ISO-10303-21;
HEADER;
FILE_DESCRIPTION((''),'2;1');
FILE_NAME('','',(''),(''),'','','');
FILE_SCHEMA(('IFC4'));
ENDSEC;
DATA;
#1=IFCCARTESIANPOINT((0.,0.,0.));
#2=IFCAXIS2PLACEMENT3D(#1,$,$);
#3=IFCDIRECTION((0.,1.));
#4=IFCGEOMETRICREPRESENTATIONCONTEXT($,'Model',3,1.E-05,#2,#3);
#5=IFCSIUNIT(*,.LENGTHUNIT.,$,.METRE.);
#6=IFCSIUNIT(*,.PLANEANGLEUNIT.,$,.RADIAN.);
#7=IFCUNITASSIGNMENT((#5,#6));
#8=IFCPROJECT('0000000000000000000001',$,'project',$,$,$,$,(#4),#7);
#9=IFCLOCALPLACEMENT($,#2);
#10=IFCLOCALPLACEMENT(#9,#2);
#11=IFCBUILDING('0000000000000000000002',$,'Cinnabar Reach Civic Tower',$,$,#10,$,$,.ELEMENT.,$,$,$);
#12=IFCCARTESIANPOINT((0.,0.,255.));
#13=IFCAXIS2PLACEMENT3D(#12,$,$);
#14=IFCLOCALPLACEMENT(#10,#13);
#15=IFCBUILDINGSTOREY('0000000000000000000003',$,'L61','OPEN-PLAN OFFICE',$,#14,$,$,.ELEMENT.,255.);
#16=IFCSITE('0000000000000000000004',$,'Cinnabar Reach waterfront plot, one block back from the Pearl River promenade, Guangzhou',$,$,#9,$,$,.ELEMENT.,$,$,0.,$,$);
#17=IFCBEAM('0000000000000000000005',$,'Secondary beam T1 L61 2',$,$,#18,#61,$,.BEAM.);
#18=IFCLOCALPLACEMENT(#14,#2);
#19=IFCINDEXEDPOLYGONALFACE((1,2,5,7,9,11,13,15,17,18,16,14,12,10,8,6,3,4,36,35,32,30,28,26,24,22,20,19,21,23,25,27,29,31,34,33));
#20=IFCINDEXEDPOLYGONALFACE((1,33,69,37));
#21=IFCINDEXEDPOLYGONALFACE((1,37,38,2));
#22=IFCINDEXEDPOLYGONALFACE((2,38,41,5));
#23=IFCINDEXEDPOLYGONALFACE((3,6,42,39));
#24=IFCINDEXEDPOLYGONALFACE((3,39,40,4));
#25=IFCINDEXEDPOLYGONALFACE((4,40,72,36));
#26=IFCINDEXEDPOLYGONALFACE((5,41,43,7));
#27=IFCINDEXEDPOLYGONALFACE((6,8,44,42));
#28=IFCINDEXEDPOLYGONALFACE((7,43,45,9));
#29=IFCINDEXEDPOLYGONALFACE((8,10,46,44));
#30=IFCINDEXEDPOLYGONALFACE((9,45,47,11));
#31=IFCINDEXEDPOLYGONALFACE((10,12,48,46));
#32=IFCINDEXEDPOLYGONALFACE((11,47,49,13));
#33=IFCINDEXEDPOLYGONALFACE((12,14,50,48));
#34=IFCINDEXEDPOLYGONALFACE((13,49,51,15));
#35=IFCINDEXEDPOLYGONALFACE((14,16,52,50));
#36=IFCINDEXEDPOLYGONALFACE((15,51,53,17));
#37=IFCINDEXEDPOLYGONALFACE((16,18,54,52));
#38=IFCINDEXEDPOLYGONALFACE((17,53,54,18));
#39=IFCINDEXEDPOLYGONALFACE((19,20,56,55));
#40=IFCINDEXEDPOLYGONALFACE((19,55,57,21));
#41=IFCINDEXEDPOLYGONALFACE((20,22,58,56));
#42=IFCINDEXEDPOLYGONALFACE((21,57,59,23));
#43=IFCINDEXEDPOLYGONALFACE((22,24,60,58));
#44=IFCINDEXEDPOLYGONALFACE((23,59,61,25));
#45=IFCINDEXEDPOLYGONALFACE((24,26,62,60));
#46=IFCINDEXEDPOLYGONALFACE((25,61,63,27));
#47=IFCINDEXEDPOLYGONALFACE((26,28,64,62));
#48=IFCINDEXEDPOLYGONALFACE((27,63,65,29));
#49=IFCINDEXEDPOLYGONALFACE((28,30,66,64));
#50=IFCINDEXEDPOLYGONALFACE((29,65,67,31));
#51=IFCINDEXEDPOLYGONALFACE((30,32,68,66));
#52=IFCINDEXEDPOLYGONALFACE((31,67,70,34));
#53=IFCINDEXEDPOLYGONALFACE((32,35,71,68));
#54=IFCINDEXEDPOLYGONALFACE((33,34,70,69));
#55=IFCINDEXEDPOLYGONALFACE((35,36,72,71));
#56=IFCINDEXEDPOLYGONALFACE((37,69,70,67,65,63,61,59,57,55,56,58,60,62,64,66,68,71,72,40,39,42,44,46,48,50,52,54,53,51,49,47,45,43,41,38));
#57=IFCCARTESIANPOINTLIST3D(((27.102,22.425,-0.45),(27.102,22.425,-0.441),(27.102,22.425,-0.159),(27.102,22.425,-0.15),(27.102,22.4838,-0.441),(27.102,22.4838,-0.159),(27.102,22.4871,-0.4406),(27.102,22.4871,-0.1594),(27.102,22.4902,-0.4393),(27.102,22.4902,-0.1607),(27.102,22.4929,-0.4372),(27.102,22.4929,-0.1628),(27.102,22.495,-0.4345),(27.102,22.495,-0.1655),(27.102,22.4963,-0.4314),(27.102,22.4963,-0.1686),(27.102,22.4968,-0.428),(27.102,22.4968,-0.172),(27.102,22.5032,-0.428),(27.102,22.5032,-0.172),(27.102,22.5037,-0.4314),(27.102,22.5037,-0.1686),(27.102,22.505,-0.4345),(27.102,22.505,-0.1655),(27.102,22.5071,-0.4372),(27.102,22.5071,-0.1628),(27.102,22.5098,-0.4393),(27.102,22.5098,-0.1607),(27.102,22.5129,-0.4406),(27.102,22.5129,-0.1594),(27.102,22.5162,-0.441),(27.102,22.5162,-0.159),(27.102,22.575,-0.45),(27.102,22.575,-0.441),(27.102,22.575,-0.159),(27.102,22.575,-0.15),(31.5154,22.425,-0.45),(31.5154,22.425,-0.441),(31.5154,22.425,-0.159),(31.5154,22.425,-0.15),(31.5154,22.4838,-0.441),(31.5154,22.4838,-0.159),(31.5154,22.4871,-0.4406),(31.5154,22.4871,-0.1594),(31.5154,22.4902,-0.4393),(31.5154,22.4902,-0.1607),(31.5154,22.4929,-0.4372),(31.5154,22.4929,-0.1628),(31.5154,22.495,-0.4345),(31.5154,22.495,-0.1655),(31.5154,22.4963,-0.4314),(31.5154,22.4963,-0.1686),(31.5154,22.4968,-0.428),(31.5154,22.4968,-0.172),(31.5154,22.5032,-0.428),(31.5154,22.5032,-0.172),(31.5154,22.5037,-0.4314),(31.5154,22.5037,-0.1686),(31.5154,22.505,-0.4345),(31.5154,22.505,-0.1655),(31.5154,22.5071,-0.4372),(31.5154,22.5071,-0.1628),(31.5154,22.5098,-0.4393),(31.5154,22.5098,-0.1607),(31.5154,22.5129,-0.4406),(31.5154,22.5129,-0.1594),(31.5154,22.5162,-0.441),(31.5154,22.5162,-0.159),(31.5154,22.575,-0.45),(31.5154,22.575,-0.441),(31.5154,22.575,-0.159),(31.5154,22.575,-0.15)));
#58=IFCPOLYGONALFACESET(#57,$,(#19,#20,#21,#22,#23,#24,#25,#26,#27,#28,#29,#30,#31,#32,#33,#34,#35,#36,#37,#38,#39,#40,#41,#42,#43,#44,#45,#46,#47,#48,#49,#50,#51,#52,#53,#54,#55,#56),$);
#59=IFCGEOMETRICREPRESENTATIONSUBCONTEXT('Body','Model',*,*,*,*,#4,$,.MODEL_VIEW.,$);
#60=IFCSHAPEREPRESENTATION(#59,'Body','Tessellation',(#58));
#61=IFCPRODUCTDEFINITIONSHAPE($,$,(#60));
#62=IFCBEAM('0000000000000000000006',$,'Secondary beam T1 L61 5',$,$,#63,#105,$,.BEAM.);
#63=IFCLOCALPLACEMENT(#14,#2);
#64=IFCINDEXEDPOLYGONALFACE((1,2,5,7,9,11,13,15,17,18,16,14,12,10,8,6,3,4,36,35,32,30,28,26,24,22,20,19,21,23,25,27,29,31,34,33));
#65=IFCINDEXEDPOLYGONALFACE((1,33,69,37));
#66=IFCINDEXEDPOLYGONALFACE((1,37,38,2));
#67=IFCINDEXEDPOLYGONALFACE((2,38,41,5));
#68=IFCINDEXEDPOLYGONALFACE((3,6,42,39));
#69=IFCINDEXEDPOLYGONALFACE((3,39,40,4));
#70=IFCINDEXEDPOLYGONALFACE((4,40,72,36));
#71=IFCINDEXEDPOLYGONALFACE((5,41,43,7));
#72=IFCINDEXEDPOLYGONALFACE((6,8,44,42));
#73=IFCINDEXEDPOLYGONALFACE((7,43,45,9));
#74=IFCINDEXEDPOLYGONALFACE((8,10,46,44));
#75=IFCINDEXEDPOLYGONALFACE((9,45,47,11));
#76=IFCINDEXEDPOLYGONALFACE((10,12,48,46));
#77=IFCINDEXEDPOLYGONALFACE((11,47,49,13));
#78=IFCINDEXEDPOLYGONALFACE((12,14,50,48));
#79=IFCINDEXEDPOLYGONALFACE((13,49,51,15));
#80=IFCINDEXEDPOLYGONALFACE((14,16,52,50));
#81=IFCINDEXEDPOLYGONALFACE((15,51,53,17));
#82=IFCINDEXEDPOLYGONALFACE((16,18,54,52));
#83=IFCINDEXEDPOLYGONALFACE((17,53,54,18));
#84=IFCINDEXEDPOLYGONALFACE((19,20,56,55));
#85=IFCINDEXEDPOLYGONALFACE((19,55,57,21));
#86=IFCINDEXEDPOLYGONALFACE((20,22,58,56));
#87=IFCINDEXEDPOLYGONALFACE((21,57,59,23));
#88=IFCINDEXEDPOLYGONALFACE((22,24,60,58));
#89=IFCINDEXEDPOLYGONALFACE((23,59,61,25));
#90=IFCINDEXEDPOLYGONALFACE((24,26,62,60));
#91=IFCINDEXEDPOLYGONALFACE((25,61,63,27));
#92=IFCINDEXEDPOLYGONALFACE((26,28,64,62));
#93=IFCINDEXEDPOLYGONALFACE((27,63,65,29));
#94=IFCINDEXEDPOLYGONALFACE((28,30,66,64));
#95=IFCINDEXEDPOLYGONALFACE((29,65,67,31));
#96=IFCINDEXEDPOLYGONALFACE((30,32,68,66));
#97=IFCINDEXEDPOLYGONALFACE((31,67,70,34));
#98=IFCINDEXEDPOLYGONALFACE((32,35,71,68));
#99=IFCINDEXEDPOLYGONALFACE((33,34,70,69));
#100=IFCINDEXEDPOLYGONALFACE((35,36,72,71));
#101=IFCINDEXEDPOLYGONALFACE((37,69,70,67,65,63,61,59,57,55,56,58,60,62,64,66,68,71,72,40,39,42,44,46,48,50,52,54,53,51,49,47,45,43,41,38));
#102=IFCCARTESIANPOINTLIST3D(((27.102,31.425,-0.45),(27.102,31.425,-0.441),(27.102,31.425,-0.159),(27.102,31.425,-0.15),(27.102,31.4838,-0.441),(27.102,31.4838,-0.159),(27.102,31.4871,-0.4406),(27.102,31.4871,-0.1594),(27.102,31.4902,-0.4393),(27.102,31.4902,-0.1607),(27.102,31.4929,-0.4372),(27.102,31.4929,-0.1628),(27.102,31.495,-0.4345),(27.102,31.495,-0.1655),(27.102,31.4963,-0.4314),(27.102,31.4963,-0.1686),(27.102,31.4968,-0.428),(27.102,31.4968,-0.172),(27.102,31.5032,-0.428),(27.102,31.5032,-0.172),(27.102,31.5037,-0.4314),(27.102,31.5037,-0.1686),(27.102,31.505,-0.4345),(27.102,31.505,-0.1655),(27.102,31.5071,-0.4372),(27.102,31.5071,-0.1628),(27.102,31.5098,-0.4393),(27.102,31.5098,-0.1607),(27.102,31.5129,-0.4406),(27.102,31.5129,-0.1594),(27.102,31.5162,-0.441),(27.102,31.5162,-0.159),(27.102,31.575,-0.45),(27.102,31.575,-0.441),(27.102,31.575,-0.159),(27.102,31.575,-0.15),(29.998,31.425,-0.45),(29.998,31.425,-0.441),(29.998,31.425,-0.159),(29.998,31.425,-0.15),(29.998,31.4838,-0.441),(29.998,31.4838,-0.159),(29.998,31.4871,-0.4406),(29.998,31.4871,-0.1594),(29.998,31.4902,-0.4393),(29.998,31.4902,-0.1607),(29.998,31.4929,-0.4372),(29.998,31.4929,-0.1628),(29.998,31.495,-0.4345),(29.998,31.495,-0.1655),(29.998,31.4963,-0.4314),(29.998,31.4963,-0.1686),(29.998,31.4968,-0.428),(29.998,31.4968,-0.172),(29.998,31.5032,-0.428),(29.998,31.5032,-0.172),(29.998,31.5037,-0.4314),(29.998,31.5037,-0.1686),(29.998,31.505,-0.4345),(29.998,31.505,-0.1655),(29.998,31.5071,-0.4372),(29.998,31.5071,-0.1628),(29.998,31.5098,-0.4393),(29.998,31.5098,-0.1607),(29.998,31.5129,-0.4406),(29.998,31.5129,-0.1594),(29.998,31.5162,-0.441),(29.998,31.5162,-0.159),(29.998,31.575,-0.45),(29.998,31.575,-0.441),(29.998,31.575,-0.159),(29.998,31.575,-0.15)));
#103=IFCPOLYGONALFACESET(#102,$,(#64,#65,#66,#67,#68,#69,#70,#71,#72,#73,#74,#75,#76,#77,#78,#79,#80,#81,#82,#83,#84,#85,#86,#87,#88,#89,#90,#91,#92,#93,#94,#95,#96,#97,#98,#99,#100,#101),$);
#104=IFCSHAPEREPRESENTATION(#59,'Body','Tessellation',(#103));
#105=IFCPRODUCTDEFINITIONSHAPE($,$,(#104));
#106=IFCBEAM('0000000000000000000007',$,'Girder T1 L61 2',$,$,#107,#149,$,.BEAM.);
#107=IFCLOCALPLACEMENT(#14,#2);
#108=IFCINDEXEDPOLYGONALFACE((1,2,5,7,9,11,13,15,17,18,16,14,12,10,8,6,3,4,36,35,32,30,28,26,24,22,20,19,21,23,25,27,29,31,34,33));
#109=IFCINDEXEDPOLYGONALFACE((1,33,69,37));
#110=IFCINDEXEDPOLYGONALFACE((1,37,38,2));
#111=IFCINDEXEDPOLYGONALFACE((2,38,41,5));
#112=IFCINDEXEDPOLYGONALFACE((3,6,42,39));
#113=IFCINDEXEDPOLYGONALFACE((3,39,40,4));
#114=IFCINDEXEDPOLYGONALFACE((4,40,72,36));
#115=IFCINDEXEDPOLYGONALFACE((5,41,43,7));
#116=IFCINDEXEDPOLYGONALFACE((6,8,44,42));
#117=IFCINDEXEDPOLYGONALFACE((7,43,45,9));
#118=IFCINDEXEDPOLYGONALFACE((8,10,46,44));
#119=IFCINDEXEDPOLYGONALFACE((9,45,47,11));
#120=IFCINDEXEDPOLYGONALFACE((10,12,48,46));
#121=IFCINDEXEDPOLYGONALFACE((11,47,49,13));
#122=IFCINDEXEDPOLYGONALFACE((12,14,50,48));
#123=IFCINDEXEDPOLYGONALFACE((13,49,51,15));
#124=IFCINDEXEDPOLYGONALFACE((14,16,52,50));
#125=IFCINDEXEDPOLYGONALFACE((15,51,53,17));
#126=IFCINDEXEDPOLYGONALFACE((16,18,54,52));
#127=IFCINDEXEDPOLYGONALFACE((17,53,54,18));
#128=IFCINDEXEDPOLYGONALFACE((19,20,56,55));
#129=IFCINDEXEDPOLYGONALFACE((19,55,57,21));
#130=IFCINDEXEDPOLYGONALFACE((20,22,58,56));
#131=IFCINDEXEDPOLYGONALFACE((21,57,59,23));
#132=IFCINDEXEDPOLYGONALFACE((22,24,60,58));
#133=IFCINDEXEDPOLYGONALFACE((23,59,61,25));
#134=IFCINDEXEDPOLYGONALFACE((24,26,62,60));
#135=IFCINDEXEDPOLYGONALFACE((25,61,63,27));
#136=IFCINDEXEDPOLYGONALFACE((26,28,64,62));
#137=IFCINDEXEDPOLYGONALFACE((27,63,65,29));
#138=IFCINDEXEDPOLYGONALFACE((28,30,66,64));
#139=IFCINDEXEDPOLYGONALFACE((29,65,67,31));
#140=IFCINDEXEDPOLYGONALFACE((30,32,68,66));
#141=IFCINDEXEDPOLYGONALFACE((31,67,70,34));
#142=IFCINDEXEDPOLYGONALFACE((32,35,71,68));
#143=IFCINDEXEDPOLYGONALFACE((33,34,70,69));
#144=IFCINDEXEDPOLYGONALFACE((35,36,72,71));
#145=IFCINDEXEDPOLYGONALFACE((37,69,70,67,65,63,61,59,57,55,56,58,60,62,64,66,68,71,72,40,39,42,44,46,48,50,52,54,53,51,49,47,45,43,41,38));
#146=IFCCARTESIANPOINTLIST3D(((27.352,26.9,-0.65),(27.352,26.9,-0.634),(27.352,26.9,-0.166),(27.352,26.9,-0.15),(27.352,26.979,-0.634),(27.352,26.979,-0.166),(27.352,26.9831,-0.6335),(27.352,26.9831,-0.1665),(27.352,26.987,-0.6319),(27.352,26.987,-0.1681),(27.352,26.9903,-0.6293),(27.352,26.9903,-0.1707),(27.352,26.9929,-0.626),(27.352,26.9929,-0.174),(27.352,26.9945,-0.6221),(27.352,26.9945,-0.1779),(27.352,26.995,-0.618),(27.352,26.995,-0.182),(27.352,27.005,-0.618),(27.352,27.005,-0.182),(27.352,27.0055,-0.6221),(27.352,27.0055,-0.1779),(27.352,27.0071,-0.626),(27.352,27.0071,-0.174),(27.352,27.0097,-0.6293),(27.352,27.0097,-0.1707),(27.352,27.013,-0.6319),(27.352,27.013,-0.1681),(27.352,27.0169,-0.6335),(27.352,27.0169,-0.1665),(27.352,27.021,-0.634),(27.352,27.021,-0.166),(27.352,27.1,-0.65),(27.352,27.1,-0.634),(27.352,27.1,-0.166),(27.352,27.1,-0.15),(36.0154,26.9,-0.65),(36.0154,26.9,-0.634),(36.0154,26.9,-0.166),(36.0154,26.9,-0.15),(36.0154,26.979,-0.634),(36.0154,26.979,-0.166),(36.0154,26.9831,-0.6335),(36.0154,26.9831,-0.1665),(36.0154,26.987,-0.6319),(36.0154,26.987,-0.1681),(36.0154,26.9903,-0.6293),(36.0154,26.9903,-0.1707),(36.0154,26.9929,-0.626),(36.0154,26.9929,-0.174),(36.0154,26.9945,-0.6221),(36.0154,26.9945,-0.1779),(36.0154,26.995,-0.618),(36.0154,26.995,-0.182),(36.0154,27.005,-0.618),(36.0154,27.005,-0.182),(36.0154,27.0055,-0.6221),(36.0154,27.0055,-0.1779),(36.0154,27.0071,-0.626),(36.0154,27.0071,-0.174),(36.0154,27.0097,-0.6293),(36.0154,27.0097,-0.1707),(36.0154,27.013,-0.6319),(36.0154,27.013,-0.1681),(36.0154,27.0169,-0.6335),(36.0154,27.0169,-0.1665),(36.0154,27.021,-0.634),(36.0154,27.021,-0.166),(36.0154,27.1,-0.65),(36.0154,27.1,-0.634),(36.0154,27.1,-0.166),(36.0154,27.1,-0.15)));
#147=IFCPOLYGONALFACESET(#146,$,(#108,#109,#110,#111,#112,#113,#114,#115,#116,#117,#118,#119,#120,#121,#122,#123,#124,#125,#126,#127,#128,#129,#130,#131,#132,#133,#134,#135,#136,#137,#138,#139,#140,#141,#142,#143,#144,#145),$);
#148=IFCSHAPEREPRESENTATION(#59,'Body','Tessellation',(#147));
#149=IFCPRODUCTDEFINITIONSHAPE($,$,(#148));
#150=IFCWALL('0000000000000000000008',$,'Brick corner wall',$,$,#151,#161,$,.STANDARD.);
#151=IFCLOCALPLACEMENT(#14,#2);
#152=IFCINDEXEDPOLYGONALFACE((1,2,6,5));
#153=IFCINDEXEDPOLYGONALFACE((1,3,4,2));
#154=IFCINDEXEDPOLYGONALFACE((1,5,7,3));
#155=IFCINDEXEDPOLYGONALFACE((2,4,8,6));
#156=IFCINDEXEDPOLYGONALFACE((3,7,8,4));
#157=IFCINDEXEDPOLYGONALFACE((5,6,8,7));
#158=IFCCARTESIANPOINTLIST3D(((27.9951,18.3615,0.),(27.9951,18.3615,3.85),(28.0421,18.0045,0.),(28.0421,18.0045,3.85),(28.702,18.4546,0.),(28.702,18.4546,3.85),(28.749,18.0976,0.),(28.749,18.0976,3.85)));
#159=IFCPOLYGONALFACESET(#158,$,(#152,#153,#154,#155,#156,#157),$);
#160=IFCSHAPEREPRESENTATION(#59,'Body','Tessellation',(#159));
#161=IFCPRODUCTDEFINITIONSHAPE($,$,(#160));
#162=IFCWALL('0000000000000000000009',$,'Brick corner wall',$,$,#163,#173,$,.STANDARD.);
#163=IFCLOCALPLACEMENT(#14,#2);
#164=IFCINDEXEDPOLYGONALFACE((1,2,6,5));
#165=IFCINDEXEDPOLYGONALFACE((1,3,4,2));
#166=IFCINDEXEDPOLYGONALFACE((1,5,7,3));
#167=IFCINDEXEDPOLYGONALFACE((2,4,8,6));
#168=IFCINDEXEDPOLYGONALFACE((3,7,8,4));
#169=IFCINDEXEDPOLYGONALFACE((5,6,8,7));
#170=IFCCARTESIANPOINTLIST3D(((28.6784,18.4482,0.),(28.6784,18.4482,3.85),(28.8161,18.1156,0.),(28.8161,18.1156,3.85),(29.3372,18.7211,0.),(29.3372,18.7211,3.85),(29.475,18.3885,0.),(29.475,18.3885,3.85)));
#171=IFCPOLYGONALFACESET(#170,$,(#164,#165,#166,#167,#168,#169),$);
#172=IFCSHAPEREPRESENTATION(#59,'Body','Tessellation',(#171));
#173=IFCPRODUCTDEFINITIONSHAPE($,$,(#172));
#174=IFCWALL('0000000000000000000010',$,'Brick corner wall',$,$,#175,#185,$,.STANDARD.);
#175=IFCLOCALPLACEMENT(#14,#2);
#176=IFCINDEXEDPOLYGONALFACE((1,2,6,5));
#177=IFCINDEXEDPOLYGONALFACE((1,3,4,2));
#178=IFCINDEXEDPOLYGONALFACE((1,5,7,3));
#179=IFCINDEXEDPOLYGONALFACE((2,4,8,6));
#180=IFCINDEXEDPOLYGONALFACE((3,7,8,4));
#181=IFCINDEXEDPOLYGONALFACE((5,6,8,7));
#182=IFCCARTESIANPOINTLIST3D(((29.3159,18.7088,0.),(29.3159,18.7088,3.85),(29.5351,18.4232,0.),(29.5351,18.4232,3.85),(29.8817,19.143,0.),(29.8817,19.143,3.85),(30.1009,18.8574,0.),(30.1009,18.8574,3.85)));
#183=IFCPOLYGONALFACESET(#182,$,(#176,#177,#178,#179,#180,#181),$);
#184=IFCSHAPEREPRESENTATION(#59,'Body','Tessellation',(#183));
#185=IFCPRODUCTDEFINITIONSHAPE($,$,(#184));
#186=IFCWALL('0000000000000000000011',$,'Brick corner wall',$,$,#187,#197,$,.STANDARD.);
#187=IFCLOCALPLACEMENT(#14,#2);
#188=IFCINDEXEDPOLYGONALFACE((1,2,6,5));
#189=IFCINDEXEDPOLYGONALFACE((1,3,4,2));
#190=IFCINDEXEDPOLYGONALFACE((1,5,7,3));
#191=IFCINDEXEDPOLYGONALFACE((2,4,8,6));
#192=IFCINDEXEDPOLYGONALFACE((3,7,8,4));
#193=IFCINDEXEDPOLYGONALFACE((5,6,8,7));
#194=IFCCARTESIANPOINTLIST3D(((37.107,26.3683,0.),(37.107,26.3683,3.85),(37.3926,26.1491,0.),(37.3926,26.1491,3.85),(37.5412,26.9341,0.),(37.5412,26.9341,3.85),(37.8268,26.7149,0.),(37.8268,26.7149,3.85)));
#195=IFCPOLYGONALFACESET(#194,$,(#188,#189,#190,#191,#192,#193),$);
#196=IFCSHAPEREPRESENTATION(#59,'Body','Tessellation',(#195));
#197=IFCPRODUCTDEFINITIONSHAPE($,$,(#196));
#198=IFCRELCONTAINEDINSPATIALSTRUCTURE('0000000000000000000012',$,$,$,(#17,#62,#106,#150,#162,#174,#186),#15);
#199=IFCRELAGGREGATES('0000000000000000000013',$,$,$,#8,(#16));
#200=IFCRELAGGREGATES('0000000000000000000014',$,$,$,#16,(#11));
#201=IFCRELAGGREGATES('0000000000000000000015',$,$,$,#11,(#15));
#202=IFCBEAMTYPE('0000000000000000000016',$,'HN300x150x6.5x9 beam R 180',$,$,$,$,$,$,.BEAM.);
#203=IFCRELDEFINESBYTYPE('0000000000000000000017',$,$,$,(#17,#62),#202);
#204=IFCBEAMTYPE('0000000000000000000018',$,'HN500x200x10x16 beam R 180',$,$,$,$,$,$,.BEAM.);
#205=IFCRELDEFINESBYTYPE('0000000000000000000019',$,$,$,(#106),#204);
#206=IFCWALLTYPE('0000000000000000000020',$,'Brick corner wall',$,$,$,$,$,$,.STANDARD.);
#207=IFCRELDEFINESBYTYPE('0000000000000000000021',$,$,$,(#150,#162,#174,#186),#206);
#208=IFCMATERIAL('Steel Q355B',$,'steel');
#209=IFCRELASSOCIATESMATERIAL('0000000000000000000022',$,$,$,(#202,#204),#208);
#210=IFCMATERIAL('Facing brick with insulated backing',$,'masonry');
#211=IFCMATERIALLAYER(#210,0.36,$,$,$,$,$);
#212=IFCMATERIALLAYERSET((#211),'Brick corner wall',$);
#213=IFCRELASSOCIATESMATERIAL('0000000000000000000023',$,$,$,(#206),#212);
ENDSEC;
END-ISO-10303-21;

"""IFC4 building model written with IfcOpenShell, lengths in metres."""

from ifc_helpers import new_model, si_unit, direction, frame, frame_2d, origin, origin_2d, place, context, subcontext, project, spatial, rectangle, i_section, extrude, material, layer, layer_set, material_profile, profile_set, type_object, element, save


model = new_model("IFC4")

# Units and contexts
model_context = context("Model", 3, precision=1e-05, world=origin(), true_north=direction((0.0, 1.0)))
body_context = subcontext(model_context, "Body", "Model", "MODEL_VIEW")
ifc_project = project(units=[si_unit("LENGTHUNIT", "METRE"), si_unit("PLANEANGLEUNIT", "RADIAN")], contexts=[model_context])

# Site, building, storey
site_placement = place(None, origin())
site = spatial("IfcSite", under=ifc_project, at=site_placement, Name="Cinnabar Reach waterfront plot, one block back from the Pearl River promenade, Guangzhou", CompositionType="ELEMENT", RefElevation=0.0)
building_placement = place(site_placement, origin())
building = spatial("IfcBuilding", under=site, at=building_placement, Name="Cinnabar Reach Civic Tower", CompositionType="ELEMENT")
storey_placement = place(building_placement, frame((0.0, 0.0, 255.0)))
storey = spatial("IfcBuildingStorey", under=building, at=storey_placement, Name="L61", Description="OPEN-PLAN OFFICE", CompositionType="ELEMENT", Elevation=255.0)

# Beams
ifc_material_1 = material(Name="Steel Q355B", Category="steel")
ifc_material_profile_1 = material_profile(ifc_material_1, i_section(OverallWidth=0.15, OverallDepth=0.3, WebThickness=0.0065, FlangeThickness=0.009, FilletRadius=0.013, at=origin_2d()), Name="HN300x150x6.5x9")
ifc_profile_set_1 = profile_set([ifc_material_profile_1], Name="Steel Q355B")
beam_type_1 = type_object("IfcBeamType", Name="HN300x150x6.5x9 beam R 180", PredefinedType="BEAM", material=ifc_profile_set_1)
beam_1_placement = place(storey_placement, frame((27.102, 22.5, -0.3), z_axis=(1.0, 0.0, 0.0), x_axis=(0.0, 1.0, 0.0)))
element("IfcBeam", 1, at=beam_1_placement, inside=storey, type_object=beam_type_1, Name="Secondary beam T1 L61 2", PredefinedType="BEAM", context=body_context, shape_type="SweptSolid", body=[
    extrude(i_section(OverallWidth=0.15, OverallDepth=0.3, WebThickness=0.0065, FlangeThickness=0.009, FilletRadius=0.013, at=origin_2d()), origin(), (0.0, 0.0, 1.0), 4.4134),
])
beam_2_placement = place(storey_placement, frame((27.102, 31.5, -0.3), z_axis=(1.0, 0.0, 0.0), x_axis=(0.0, 1.0, 0.0)))
element("IfcBeam", 2, at=beam_2_placement, inside=storey, type_object=beam_type_1, Name="Secondary beam T1 L61 5", PredefinedType="BEAM", context=body_context, shape_type="SweptSolid", body=[
    extrude(i_section(OverallWidth=0.15, OverallDepth=0.3, WebThickness=0.0065, FlangeThickness=0.009, FilletRadius=0.013, at=origin_2d()), origin(), (0.0, 0.0, 1.0), 2.896),
])
ifc_material_profile_2 = material_profile(ifc_material_1, i_section(OverallWidth=0.2, OverallDepth=0.5, WebThickness=0.01, FlangeThickness=0.016, FilletRadius=0.016, at=origin_2d()), Name="HN500x200x10x16")
ifc_profile_set_2 = profile_set([ifc_material_profile_2], Name="Steel Q355B")
beam_type_2 = type_object("IfcBeamType", Name="HN500x200x10x16 beam R 180", PredefinedType="BEAM", material=ifc_profile_set_2)
beam_3_placement = place(storey_placement, frame((27.352, 27.0, -0.4), z_axis=(1.0, 0.0, 0.0), x_axis=(0.0, 1.0, 0.0)))
element("IfcBeam", 3, at=beam_3_placement, inside=storey, type_object=beam_type_2, Name="Girder T1 L61 2", PredefinedType="BEAM", context=body_context, shape_type="SweptSolid", body=[
    extrude(i_section(OverallWidth=0.2, OverallDepth=0.5, WebThickness=0.01, FlangeThickness=0.016, FilletRadius=0.016, at=origin_2d()), origin(), (0.0, 0.0, 1.0), 8.6634),
])

# Walls
ifc_material_2 = material(Name="Facing brick with insulated backing", Category="masonry")
ifc_layer_1 = layer(ifc_material_2, 0.36)
ifc_layer_set_1 = layer_set([ifc_layer_1], Name="Brick corner wall")
wall_type_1 = type_object("IfcWallType", Name="Brick corner wall", PredefinedType="STANDARD", material=ifc_layer_set_1)
for number, where, z_axis, x_axis, name in (
    (4, (28.0186, 18.183, 0.0), (0.0, 0.0, 1.0), (0.991441, 0.130556, 0.0), "Brick corner wall"),
    (5, (28.7473, 18.2819, 0.0), (0.0, 0.0, 1.0), (0.923872, 0.382703, 0.0), "Brick corner wall"),
):
    element("IfcWall", number, at=place(storey_placement, frame(where, z_axis=z_axis, x_axis=x_axis)), inside=storey, type_object=wall_type_1, Name=name, PredefinedType="STANDARD", context=body_context, shape_type="SweptSolid", body=[
        extrude(rectangle(XDim=0.7131, YDim=0.36, at=frame_2d((0.3565, 0.0))), origin(), (0.0, 0.0, 1.0), 3.85),
    ])
for number, where, z_axis, x_axis, name in (
    (6, (29.4255, 18.566, 0.0), (0.0, 0.0, 1.0), (0.793322, 0.608802, 0.0), "Brick corner wall"),
    (7, (37.2498, 26.2587, 0.0), (0.0, 0.0, 1.0), (0.608802, 0.793322, 0.0), "Brick corner wall"),
):
    element("IfcWall", number, at=place(storey_placement, frame(where, z_axis=z_axis, x_axis=x_axis)), inside=storey, type_object=wall_type_1, Name=name, PredefinedType="STANDARD", context=body_context, shape_type="SweptSolid", body=[
        extrude(rectangle(XDim=0.7132, YDim=0.36, at=frame_2d((0.3566, 0.0))), origin(), (0.0, 0.0, 1.0), 3.85),
    ])

save(model, "model.ifc")
